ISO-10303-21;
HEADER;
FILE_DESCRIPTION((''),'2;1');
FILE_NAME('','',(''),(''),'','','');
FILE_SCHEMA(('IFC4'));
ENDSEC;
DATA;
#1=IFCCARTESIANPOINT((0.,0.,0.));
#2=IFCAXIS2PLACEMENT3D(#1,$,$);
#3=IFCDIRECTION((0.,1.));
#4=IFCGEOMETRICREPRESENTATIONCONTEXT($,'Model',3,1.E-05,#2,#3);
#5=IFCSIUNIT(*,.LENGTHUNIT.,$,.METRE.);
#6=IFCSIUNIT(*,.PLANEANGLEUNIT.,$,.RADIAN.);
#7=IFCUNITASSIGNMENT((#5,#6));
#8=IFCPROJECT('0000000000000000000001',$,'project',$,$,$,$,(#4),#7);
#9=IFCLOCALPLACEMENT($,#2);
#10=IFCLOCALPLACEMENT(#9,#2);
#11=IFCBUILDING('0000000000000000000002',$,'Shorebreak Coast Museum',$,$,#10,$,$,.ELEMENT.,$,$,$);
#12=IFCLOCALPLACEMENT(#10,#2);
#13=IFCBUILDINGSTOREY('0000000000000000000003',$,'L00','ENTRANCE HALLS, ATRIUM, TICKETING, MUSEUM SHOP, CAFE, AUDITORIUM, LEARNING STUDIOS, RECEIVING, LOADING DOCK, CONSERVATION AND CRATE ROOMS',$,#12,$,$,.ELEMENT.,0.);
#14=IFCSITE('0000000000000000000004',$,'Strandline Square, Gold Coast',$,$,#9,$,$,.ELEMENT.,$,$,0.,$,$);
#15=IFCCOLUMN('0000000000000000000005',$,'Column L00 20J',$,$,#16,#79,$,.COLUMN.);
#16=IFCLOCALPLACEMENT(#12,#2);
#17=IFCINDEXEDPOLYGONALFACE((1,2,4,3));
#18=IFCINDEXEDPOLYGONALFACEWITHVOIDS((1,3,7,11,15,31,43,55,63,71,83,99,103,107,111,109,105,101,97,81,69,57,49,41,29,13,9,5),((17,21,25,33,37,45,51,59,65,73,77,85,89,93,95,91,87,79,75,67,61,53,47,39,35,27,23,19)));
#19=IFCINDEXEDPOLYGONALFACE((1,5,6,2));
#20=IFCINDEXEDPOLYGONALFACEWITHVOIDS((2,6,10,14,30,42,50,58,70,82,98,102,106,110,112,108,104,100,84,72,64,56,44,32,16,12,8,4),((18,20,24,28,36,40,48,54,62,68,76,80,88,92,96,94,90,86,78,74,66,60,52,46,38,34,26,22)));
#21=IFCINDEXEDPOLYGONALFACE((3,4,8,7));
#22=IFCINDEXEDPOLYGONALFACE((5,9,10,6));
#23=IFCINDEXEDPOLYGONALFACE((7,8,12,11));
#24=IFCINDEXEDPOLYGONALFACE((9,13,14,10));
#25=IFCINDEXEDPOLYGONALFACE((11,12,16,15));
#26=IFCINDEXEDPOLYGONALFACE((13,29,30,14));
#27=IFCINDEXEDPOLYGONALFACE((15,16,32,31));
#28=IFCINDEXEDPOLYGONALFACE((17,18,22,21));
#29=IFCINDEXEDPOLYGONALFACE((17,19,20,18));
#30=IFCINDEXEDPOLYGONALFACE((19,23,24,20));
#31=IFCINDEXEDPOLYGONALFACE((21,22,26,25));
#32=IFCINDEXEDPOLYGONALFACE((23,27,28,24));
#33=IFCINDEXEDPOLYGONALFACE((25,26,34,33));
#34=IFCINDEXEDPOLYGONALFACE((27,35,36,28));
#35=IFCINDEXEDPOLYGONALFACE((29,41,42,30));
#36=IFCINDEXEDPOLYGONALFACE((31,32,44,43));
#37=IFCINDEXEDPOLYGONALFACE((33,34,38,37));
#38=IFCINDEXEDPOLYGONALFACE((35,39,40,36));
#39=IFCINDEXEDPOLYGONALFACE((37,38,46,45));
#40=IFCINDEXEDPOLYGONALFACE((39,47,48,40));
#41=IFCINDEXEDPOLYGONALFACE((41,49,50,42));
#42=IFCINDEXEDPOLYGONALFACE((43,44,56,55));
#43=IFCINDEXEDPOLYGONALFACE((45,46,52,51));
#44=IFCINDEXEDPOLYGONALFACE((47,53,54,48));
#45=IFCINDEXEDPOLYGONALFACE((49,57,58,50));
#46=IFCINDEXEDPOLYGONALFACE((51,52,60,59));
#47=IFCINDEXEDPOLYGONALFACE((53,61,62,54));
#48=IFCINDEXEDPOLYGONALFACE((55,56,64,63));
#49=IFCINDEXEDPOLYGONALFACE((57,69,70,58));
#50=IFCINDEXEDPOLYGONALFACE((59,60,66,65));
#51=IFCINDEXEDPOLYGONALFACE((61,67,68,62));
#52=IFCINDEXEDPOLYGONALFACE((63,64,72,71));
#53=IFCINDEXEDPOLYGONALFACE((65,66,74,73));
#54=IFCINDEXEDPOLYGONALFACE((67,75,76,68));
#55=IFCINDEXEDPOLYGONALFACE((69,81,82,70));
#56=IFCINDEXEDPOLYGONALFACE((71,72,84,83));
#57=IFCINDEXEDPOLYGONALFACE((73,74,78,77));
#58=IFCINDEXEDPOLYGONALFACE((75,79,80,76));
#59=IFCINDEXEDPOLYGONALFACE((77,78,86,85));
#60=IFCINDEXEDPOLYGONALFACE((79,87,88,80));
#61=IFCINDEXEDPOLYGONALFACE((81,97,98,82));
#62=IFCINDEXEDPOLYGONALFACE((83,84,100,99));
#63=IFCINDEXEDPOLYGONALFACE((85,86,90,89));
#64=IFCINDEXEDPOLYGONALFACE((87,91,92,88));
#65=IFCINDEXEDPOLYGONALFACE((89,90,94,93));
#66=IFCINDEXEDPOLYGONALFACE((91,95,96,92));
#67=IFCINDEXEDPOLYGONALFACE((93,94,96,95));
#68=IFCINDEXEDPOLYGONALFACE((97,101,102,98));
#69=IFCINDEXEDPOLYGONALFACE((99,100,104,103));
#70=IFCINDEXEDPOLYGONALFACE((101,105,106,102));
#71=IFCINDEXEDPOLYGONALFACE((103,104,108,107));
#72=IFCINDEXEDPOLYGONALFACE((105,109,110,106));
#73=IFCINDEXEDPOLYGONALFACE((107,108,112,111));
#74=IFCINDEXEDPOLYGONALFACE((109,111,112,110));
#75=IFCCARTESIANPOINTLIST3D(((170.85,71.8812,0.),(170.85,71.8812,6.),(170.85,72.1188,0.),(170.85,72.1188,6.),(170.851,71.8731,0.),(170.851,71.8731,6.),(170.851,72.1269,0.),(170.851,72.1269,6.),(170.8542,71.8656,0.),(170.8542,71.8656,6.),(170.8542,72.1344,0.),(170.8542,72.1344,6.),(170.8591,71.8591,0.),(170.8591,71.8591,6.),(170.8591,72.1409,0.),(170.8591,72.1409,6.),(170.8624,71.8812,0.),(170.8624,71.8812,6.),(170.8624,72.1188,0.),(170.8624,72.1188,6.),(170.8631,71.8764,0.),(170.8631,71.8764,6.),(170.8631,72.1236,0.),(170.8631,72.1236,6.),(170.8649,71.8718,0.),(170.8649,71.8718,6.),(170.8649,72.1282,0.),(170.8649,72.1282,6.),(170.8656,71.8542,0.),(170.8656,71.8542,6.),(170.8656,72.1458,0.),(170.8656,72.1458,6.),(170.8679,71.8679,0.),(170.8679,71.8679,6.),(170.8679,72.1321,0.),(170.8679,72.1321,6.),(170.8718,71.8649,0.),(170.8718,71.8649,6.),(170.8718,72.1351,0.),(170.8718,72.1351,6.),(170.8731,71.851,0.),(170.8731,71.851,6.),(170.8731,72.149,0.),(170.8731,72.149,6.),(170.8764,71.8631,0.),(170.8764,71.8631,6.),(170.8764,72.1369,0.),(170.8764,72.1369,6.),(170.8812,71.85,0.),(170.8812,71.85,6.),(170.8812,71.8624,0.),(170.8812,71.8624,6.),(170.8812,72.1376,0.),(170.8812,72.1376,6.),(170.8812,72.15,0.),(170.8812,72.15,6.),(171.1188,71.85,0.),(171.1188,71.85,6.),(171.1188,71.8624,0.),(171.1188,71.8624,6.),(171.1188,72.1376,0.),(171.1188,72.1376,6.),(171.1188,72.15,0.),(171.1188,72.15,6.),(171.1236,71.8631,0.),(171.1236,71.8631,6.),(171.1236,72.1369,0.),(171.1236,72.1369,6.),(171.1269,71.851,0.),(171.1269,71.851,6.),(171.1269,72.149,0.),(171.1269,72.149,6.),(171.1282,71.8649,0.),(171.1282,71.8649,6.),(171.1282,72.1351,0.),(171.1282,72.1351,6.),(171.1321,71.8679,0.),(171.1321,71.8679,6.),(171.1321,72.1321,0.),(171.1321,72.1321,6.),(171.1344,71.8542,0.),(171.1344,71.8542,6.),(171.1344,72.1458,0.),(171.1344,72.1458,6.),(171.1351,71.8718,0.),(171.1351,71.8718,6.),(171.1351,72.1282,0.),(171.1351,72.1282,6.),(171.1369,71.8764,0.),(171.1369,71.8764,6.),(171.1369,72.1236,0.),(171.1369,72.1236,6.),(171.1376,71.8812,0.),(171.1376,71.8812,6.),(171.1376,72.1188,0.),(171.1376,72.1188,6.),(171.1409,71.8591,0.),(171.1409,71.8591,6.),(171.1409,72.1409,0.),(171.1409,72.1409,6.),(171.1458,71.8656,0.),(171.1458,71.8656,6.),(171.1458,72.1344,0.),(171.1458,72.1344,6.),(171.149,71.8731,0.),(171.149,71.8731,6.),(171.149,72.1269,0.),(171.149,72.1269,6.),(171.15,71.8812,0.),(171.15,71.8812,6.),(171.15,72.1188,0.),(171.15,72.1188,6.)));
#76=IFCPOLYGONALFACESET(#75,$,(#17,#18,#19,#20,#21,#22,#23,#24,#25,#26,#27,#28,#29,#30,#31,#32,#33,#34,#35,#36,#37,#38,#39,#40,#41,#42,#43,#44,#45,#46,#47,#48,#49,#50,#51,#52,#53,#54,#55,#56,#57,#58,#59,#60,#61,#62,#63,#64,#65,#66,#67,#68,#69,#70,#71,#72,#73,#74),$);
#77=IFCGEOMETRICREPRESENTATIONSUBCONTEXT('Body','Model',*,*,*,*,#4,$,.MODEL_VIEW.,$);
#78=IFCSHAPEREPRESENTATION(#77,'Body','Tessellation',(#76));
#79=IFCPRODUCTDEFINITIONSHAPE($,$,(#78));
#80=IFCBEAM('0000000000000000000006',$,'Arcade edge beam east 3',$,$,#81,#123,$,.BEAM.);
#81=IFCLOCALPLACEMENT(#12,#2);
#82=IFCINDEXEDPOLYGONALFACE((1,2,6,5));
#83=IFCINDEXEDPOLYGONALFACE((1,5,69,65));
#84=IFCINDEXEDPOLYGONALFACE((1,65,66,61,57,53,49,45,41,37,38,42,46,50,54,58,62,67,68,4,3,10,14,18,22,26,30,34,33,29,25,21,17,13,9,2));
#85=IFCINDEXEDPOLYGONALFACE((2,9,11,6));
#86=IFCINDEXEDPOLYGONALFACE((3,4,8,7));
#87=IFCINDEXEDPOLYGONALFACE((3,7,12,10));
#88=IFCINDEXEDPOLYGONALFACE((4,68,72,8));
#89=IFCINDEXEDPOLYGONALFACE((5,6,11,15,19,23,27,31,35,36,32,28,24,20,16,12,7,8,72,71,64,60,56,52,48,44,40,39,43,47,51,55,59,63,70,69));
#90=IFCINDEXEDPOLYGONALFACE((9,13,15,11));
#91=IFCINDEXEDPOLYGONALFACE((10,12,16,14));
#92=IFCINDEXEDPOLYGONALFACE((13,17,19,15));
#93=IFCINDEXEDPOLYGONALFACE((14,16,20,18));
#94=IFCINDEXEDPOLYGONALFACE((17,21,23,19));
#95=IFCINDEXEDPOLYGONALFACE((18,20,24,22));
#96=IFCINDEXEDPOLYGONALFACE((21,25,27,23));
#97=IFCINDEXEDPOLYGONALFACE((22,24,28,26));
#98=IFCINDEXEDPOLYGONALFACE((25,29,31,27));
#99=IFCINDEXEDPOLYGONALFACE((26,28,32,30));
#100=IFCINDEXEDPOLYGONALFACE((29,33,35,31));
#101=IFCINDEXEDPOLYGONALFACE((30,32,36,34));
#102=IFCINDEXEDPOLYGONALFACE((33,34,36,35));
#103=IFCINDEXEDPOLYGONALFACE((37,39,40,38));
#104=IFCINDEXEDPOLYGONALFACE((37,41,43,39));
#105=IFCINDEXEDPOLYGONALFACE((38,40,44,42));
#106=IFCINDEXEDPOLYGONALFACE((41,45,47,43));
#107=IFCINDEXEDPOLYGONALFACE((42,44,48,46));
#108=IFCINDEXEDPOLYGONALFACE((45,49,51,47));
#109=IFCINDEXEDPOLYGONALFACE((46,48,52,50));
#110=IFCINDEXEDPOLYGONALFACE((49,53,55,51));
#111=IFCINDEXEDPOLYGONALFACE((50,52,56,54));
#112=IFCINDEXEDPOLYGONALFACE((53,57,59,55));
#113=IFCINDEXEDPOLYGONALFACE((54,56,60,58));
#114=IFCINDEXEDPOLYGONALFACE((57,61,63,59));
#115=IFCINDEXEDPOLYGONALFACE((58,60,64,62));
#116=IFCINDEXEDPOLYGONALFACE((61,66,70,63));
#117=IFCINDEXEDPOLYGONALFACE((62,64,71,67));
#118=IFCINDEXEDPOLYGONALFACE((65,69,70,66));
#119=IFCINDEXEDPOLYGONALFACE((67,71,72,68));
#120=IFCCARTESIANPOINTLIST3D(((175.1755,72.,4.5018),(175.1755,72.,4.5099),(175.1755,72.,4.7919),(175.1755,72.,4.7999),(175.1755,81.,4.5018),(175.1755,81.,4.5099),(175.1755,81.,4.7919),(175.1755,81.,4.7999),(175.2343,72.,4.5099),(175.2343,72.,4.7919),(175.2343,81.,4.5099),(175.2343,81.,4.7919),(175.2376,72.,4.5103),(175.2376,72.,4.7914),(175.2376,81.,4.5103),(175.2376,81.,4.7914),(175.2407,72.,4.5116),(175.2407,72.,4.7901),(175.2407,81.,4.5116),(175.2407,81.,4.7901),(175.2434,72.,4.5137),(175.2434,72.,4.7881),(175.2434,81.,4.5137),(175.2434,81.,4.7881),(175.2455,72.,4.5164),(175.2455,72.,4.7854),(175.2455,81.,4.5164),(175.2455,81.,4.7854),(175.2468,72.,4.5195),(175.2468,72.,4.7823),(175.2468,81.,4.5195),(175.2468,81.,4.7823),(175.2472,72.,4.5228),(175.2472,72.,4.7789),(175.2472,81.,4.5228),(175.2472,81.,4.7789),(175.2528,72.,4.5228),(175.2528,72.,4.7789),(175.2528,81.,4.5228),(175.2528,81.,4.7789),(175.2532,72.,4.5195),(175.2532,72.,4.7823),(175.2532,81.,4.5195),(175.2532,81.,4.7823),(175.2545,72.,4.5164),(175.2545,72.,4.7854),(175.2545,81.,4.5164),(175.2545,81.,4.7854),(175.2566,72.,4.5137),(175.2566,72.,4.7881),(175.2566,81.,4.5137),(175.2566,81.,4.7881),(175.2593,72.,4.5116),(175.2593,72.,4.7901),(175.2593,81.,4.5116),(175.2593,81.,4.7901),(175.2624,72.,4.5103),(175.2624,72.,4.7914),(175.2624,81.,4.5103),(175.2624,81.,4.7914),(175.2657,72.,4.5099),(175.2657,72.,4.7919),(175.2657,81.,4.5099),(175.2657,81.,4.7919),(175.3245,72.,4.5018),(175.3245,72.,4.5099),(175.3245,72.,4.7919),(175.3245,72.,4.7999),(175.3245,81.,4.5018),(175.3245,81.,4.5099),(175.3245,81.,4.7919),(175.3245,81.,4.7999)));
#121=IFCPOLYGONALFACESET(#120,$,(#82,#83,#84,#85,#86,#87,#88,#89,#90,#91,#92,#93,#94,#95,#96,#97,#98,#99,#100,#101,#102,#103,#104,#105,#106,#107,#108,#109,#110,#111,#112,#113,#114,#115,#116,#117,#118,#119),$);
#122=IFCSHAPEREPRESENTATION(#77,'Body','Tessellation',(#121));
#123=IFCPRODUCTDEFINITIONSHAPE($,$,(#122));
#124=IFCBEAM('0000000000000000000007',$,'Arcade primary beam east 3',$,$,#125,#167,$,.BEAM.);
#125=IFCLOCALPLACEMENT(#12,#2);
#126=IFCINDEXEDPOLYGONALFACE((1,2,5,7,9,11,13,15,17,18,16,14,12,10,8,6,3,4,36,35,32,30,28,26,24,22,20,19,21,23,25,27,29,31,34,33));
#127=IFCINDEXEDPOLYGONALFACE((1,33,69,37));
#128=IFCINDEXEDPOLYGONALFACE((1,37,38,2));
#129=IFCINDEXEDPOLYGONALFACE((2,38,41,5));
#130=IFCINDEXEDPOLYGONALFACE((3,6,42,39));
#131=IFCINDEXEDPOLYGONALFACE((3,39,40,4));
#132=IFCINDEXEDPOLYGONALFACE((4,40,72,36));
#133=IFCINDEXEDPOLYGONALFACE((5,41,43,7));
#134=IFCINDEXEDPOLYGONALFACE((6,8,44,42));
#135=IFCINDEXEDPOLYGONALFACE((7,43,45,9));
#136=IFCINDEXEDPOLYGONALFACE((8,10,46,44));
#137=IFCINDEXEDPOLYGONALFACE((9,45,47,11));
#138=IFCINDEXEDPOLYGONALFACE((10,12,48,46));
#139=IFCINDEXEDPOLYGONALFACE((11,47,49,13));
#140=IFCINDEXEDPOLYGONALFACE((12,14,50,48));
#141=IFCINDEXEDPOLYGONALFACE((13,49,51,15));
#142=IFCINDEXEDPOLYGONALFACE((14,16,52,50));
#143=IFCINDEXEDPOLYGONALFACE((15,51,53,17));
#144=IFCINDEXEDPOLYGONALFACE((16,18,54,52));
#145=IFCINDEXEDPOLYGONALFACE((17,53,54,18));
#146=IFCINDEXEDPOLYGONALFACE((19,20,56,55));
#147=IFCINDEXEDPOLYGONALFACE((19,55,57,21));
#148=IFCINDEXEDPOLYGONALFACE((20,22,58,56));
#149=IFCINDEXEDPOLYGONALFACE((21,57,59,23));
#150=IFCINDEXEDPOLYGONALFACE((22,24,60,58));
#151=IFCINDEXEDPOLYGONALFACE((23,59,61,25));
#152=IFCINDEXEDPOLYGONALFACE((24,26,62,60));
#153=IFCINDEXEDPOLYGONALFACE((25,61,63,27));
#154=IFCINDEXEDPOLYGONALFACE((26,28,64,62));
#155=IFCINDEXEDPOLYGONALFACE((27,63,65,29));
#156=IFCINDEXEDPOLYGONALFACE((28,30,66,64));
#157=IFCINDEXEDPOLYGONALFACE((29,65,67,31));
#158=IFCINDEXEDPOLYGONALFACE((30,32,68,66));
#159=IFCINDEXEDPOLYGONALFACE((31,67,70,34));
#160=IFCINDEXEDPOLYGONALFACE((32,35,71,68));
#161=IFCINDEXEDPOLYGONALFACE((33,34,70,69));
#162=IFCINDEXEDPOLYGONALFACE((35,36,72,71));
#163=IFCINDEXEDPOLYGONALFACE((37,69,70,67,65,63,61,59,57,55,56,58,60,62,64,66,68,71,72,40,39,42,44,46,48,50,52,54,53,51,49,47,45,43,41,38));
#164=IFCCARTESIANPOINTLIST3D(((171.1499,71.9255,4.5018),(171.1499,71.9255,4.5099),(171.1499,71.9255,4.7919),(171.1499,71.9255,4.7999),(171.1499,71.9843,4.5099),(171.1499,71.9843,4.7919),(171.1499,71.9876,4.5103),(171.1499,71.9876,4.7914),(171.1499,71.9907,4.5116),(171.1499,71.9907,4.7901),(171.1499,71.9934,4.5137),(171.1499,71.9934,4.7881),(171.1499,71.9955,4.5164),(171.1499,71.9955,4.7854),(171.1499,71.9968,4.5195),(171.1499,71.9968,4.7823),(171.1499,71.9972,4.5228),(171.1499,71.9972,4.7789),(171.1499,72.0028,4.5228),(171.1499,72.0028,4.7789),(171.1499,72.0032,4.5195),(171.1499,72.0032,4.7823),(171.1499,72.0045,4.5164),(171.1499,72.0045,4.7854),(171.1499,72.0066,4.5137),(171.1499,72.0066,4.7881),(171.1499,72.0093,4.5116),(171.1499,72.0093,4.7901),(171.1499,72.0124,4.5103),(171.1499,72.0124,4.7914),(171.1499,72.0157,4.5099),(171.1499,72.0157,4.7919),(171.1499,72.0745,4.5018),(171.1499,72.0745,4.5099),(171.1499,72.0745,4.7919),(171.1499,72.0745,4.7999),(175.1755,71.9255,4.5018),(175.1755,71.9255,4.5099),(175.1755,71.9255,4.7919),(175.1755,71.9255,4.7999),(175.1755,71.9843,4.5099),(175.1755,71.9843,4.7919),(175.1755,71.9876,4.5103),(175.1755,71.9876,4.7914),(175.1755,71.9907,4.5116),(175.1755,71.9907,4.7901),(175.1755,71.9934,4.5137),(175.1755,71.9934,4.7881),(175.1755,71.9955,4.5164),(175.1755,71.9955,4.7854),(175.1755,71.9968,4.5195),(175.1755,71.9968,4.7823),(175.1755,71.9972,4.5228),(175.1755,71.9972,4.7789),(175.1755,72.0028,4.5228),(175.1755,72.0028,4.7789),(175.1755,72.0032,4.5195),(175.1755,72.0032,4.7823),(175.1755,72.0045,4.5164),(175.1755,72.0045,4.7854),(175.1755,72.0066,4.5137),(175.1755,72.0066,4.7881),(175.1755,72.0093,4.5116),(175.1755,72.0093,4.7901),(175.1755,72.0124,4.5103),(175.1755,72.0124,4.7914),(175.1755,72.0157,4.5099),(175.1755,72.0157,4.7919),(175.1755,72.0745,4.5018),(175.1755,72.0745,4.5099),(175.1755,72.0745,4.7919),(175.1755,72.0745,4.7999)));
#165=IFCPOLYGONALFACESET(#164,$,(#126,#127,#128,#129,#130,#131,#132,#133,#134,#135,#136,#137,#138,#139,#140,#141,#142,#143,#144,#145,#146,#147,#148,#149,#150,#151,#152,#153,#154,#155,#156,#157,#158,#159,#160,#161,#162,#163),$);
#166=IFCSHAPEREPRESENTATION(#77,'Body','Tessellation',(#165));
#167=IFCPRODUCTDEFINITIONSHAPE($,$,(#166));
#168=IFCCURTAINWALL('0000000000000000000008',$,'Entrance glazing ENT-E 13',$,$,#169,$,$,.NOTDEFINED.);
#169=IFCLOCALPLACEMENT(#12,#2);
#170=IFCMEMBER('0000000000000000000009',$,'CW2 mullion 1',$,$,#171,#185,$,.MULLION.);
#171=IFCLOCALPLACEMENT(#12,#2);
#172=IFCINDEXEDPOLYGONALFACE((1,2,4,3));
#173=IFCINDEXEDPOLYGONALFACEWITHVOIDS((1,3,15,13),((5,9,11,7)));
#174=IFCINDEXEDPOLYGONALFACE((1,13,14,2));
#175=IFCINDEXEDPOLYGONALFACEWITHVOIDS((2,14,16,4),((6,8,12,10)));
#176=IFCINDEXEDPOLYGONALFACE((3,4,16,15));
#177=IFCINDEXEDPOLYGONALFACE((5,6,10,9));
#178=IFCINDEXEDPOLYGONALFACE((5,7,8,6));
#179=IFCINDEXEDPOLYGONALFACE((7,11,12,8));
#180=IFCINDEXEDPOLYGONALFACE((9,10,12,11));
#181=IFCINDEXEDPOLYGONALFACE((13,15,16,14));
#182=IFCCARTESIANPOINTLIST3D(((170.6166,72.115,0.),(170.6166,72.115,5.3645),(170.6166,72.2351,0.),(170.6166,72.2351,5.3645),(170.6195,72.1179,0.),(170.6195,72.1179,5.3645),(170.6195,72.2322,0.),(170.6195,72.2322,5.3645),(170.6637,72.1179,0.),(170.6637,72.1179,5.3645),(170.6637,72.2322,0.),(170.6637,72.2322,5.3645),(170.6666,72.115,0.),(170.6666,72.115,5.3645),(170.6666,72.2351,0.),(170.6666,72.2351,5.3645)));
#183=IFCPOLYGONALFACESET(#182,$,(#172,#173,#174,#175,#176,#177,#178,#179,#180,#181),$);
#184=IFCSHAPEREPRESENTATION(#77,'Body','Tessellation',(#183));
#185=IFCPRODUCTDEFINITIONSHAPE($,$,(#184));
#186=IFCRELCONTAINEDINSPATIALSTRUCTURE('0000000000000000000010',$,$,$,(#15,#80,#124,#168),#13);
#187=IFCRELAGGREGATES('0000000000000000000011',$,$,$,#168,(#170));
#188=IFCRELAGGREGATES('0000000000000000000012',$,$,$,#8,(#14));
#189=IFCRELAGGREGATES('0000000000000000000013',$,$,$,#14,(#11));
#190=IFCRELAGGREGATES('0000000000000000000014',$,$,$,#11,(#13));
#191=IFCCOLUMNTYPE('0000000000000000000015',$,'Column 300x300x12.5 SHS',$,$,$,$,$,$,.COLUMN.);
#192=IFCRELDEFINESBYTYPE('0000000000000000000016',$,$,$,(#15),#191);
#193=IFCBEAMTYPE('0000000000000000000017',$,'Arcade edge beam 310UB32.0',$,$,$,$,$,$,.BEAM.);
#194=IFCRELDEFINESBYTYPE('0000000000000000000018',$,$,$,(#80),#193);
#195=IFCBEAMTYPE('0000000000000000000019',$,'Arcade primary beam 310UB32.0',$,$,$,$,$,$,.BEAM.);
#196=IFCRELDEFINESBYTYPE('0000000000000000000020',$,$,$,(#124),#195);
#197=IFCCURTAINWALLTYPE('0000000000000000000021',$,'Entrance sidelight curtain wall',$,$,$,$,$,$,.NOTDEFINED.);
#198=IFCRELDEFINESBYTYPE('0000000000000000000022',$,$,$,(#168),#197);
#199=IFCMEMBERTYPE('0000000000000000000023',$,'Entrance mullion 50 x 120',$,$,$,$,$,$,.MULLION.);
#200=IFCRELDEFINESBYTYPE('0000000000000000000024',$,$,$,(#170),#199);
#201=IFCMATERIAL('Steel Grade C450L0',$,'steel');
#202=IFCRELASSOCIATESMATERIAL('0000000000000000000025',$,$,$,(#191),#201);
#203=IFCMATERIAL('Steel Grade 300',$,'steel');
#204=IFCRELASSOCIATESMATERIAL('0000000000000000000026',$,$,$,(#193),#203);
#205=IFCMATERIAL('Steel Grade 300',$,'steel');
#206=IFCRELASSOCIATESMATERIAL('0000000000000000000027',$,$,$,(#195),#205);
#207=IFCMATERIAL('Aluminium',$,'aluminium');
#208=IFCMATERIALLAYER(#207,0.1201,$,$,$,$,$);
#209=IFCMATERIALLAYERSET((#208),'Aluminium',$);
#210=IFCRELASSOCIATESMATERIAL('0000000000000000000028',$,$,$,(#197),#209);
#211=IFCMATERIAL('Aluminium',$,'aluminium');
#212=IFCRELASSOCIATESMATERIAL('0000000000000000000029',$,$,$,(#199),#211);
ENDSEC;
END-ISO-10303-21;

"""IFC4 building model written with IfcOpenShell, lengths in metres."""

from ifc_helpers import new_model, si_unit, direction, frame, origin, origin_2d, place, context, subcontext, project, spatial, hollow_rectangle, i_section, extrude, material, layer, layer_set, material_profile, profile_set, type_object, element, aggregate, save


model = new_model("IFC4")

# Units and contexts
model_context = context("Model", 3, precision=1e-05, world=origin(), true_north=direction((0.0, 1.0)))
body_context = subcontext(model_context, "Body", "Model", "MODEL_VIEW")
ifc_project = project(units=[si_unit("LENGTHUNIT", "METRE"), si_unit("PLANEANGLEUNIT", "RADIAN")], contexts=[model_context])

# Site, building, storey
site_placement = place(None, origin())
site = spatial("IfcSite", under=ifc_project, at=site_placement, Name="Strandline Square, Gold Coast", CompositionType="ELEMENT", RefElevation=0.0)
building_placement = place(site_placement, origin())
building = spatial("IfcBuilding", under=site, at=building_placement, Name="Shorebreak Coast Museum", CompositionType="ELEMENT")
storey_placement = place(building_placement, origin())
storey = spatial("IfcBuildingStorey", under=building, at=storey_placement, Name="L00", Description="ENTRANCE HALLS, ATRIUM, TICKETING, MUSEUM SHOP, CAFE, AUDITORIUM, LEARNING STUDIOS, RECEIVING, LOADING DOCK, CONSERVATION AND CRATE ROOMS", CompositionType="ELEMENT", Elevation=0.0)

# Column
ifc_material_1 = material(Name="Steel Grade C450L0", Category="steel")
ifc_material_profile_1 = material_profile(ifc_material_1, hollow_rectangle(XDim=0.3, YDim=0.3, WallThickness=0.0125, InnerFilletRadius=0.0188, OuterFilletRadius=0.0312, at=origin_2d()), Name="300x300x12.5 SHS")
ifc_profile_set_1 = profile_set([ifc_material_profile_1], Name="Steel Grade C450L0")
column_type_1 = type_object("IfcColumnType", Name="Column 300x300x12.5 SHS", PredefinedType="COLUMN", material=ifc_profile_set_1)
column_1_placement = place(storey_placement, frame((171.0, 72.0, 0.0), z_axis=(0.0, 0.0, 1.0), x_axis=(1.0, 0.0, 0.0)))
element("IfcColumn", 1, at=column_1_placement, inside=storey, type_object=column_type_1, Name="Column L00 20J", PredefinedType="COLUMN", context=body_context, shape_type="SweptSolid", body=[
    extrude(hollow_rectangle(XDim=0.3, YDim=0.3, WallThickness=0.0125, InnerFilletRadius=0.0188, OuterFilletRadius=0.0312, at=origin_2d()), origin(), (0.0, 0.0, 1.0), 6.0),
])

# Beams
ifc_material_2 = material(Name="Steel Grade 300", Category="steel")
ifc_material_profile_2 = material_profile(ifc_material_2, i_section(OverallWidth=0.1489, OverallDepth=0.2981, WebThickness=0.0056, FlangeThickness=0.0081, FilletRadius=0.0129, at=origin_2d()), Name="310UB32.0")
ifc_profile_set_2 = profile_set([ifc_material_profile_2], Name="Steel Grade 300")
beam_type_1 = type_object("IfcBeamType", Name="Arcade edge beam 310UB32.0", PredefinedType="BEAM", material=ifc_profile_set_2)
beam_1_placement = place(storey_placement, frame((175.25, 72.0, 4.6509), z_axis=(0.0, 1.0, 0.0), x_axis=(-1.0, 0.0, 0.0)))
element("IfcBeam", 2, at=beam_1_placement, inside=storey, type_object=beam_type_1, Name="Arcade edge beam east 3", PredefinedType="BEAM", context=body_context, shape_type="SweptSolid", body=[
    extrude(i_section(OverallWidth=0.1489, OverallDepth=0.2981, WebThickness=0.0056, FlangeThickness=0.0081, FilletRadius=0.0129, at=origin_2d()), origin(), (0.0, 0.0, 1.0), 9.0),
])
ifc_material_3 = material(Name="Steel Grade 300", Category="steel")
ifc_material_profile_3 = material_profile(ifc_material_3, i_section(OverallWidth=0.1489, OverallDepth=0.2981, WebThickness=0.0056, FlangeThickness=0.0081, FilletRadius=0.0129, at=origin_2d()), Name="310UB32.0")
ifc_profile_set_3 = profile_set([ifc_material_profile_3], Name="Steel Grade 300")
beam_type_2 = type_object("IfcBeamType", Name="Arcade primary beam 310UB32.0", PredefinedType="BEAM", material=ifc_profile_set_3)
beam_2_placement = place(storey_placement, frame((171.1499, 72.0, 4.6509), z_axis=(1.0, 0.0, 0.0), x_axis=(0.0, 1.0, 0.0)))
element("IfcBeam", 3, at=beam_2_placement, inside=storey, type_object=beam_type_2, Name="Arcade primary beam east 3", PredefinedType="BEAM", context=body_context, shape_type="SweptSolid", body=[
    extrude(i_section(OverallWidth=0.1489, OverallDepth=0.2981, WebThickness=0.0056, FlangeThickness=0.0081, FilletRadius=0.0129, at=origin_2d()), origin(), (0.0, 0.0, 1.0), 4.0256),
])

# Curtain wall, member
ifc_material_4 = material(Name="Aluminium", Category="aluminium")
ifc_layer_1 = layer(ifc_material_4, 0.1201)
ifc_layer_set_1 = layer_set([ifc_layer_1], Name="Aluminium")
curtain_wall_type = type_object("IfcCurtainWallType", Name="Entrance sidelight curtain wall", PredefinedType="NOTDEFINED", material=ifc_layer_set_1)
curtain_wall_placement = place(storey_placement, origin())
curtain_wall = element("IfcCurtainWall", 4, at=curtain_wall_placement, inside=storey, type_object=curtain_wall_type, Name="Entrance glazing ENT-E 13", PredefinedType="NOTDEFINED")
ifc_material_5 = material(Name="Aluminium", Category="aluminium")
ifc_material_profile_4 = material_profile(ifc_material_5, hollow_rectangle(XDim=0.05, YDim=0.1201, WallThickness=0.0029, at=origin_2d()), Name="AL 120x50 RHS")
ifc_profile_set_4 = profile_set([ifc_material_profile_4], Name="Aluminium")
member_type_1 = type_object("IfcMemberType", Name="Entrance mullion 50 x 120", PredefinedType="MULLION", material=ifc_profile_set_4)
member_1_placement = place(storey_placement, frame((170.6416, 72.175, 0.0), z_axis=(0.0, 0.0, 1.0), x_axis=(-1.0, 0.0, 0.0)))
member_1 = element("IfcMember", 5, at=member_1_placement, type_object=member_type_1, Name="CW2 mullion 1", PredefinedType="MULLION", context=body_context, shape_type="SweptSolid", body=[
    extrude(hollow_rectangle(XDim=0.05, YDim=0.1201, WallThickness=0.0029, at=origin_2d()), origin(), (0.0, 0.0, 1.0), 5.3645),
])
aggregate(curtain_wall, [member_1])

save(model, "model.ifc")
